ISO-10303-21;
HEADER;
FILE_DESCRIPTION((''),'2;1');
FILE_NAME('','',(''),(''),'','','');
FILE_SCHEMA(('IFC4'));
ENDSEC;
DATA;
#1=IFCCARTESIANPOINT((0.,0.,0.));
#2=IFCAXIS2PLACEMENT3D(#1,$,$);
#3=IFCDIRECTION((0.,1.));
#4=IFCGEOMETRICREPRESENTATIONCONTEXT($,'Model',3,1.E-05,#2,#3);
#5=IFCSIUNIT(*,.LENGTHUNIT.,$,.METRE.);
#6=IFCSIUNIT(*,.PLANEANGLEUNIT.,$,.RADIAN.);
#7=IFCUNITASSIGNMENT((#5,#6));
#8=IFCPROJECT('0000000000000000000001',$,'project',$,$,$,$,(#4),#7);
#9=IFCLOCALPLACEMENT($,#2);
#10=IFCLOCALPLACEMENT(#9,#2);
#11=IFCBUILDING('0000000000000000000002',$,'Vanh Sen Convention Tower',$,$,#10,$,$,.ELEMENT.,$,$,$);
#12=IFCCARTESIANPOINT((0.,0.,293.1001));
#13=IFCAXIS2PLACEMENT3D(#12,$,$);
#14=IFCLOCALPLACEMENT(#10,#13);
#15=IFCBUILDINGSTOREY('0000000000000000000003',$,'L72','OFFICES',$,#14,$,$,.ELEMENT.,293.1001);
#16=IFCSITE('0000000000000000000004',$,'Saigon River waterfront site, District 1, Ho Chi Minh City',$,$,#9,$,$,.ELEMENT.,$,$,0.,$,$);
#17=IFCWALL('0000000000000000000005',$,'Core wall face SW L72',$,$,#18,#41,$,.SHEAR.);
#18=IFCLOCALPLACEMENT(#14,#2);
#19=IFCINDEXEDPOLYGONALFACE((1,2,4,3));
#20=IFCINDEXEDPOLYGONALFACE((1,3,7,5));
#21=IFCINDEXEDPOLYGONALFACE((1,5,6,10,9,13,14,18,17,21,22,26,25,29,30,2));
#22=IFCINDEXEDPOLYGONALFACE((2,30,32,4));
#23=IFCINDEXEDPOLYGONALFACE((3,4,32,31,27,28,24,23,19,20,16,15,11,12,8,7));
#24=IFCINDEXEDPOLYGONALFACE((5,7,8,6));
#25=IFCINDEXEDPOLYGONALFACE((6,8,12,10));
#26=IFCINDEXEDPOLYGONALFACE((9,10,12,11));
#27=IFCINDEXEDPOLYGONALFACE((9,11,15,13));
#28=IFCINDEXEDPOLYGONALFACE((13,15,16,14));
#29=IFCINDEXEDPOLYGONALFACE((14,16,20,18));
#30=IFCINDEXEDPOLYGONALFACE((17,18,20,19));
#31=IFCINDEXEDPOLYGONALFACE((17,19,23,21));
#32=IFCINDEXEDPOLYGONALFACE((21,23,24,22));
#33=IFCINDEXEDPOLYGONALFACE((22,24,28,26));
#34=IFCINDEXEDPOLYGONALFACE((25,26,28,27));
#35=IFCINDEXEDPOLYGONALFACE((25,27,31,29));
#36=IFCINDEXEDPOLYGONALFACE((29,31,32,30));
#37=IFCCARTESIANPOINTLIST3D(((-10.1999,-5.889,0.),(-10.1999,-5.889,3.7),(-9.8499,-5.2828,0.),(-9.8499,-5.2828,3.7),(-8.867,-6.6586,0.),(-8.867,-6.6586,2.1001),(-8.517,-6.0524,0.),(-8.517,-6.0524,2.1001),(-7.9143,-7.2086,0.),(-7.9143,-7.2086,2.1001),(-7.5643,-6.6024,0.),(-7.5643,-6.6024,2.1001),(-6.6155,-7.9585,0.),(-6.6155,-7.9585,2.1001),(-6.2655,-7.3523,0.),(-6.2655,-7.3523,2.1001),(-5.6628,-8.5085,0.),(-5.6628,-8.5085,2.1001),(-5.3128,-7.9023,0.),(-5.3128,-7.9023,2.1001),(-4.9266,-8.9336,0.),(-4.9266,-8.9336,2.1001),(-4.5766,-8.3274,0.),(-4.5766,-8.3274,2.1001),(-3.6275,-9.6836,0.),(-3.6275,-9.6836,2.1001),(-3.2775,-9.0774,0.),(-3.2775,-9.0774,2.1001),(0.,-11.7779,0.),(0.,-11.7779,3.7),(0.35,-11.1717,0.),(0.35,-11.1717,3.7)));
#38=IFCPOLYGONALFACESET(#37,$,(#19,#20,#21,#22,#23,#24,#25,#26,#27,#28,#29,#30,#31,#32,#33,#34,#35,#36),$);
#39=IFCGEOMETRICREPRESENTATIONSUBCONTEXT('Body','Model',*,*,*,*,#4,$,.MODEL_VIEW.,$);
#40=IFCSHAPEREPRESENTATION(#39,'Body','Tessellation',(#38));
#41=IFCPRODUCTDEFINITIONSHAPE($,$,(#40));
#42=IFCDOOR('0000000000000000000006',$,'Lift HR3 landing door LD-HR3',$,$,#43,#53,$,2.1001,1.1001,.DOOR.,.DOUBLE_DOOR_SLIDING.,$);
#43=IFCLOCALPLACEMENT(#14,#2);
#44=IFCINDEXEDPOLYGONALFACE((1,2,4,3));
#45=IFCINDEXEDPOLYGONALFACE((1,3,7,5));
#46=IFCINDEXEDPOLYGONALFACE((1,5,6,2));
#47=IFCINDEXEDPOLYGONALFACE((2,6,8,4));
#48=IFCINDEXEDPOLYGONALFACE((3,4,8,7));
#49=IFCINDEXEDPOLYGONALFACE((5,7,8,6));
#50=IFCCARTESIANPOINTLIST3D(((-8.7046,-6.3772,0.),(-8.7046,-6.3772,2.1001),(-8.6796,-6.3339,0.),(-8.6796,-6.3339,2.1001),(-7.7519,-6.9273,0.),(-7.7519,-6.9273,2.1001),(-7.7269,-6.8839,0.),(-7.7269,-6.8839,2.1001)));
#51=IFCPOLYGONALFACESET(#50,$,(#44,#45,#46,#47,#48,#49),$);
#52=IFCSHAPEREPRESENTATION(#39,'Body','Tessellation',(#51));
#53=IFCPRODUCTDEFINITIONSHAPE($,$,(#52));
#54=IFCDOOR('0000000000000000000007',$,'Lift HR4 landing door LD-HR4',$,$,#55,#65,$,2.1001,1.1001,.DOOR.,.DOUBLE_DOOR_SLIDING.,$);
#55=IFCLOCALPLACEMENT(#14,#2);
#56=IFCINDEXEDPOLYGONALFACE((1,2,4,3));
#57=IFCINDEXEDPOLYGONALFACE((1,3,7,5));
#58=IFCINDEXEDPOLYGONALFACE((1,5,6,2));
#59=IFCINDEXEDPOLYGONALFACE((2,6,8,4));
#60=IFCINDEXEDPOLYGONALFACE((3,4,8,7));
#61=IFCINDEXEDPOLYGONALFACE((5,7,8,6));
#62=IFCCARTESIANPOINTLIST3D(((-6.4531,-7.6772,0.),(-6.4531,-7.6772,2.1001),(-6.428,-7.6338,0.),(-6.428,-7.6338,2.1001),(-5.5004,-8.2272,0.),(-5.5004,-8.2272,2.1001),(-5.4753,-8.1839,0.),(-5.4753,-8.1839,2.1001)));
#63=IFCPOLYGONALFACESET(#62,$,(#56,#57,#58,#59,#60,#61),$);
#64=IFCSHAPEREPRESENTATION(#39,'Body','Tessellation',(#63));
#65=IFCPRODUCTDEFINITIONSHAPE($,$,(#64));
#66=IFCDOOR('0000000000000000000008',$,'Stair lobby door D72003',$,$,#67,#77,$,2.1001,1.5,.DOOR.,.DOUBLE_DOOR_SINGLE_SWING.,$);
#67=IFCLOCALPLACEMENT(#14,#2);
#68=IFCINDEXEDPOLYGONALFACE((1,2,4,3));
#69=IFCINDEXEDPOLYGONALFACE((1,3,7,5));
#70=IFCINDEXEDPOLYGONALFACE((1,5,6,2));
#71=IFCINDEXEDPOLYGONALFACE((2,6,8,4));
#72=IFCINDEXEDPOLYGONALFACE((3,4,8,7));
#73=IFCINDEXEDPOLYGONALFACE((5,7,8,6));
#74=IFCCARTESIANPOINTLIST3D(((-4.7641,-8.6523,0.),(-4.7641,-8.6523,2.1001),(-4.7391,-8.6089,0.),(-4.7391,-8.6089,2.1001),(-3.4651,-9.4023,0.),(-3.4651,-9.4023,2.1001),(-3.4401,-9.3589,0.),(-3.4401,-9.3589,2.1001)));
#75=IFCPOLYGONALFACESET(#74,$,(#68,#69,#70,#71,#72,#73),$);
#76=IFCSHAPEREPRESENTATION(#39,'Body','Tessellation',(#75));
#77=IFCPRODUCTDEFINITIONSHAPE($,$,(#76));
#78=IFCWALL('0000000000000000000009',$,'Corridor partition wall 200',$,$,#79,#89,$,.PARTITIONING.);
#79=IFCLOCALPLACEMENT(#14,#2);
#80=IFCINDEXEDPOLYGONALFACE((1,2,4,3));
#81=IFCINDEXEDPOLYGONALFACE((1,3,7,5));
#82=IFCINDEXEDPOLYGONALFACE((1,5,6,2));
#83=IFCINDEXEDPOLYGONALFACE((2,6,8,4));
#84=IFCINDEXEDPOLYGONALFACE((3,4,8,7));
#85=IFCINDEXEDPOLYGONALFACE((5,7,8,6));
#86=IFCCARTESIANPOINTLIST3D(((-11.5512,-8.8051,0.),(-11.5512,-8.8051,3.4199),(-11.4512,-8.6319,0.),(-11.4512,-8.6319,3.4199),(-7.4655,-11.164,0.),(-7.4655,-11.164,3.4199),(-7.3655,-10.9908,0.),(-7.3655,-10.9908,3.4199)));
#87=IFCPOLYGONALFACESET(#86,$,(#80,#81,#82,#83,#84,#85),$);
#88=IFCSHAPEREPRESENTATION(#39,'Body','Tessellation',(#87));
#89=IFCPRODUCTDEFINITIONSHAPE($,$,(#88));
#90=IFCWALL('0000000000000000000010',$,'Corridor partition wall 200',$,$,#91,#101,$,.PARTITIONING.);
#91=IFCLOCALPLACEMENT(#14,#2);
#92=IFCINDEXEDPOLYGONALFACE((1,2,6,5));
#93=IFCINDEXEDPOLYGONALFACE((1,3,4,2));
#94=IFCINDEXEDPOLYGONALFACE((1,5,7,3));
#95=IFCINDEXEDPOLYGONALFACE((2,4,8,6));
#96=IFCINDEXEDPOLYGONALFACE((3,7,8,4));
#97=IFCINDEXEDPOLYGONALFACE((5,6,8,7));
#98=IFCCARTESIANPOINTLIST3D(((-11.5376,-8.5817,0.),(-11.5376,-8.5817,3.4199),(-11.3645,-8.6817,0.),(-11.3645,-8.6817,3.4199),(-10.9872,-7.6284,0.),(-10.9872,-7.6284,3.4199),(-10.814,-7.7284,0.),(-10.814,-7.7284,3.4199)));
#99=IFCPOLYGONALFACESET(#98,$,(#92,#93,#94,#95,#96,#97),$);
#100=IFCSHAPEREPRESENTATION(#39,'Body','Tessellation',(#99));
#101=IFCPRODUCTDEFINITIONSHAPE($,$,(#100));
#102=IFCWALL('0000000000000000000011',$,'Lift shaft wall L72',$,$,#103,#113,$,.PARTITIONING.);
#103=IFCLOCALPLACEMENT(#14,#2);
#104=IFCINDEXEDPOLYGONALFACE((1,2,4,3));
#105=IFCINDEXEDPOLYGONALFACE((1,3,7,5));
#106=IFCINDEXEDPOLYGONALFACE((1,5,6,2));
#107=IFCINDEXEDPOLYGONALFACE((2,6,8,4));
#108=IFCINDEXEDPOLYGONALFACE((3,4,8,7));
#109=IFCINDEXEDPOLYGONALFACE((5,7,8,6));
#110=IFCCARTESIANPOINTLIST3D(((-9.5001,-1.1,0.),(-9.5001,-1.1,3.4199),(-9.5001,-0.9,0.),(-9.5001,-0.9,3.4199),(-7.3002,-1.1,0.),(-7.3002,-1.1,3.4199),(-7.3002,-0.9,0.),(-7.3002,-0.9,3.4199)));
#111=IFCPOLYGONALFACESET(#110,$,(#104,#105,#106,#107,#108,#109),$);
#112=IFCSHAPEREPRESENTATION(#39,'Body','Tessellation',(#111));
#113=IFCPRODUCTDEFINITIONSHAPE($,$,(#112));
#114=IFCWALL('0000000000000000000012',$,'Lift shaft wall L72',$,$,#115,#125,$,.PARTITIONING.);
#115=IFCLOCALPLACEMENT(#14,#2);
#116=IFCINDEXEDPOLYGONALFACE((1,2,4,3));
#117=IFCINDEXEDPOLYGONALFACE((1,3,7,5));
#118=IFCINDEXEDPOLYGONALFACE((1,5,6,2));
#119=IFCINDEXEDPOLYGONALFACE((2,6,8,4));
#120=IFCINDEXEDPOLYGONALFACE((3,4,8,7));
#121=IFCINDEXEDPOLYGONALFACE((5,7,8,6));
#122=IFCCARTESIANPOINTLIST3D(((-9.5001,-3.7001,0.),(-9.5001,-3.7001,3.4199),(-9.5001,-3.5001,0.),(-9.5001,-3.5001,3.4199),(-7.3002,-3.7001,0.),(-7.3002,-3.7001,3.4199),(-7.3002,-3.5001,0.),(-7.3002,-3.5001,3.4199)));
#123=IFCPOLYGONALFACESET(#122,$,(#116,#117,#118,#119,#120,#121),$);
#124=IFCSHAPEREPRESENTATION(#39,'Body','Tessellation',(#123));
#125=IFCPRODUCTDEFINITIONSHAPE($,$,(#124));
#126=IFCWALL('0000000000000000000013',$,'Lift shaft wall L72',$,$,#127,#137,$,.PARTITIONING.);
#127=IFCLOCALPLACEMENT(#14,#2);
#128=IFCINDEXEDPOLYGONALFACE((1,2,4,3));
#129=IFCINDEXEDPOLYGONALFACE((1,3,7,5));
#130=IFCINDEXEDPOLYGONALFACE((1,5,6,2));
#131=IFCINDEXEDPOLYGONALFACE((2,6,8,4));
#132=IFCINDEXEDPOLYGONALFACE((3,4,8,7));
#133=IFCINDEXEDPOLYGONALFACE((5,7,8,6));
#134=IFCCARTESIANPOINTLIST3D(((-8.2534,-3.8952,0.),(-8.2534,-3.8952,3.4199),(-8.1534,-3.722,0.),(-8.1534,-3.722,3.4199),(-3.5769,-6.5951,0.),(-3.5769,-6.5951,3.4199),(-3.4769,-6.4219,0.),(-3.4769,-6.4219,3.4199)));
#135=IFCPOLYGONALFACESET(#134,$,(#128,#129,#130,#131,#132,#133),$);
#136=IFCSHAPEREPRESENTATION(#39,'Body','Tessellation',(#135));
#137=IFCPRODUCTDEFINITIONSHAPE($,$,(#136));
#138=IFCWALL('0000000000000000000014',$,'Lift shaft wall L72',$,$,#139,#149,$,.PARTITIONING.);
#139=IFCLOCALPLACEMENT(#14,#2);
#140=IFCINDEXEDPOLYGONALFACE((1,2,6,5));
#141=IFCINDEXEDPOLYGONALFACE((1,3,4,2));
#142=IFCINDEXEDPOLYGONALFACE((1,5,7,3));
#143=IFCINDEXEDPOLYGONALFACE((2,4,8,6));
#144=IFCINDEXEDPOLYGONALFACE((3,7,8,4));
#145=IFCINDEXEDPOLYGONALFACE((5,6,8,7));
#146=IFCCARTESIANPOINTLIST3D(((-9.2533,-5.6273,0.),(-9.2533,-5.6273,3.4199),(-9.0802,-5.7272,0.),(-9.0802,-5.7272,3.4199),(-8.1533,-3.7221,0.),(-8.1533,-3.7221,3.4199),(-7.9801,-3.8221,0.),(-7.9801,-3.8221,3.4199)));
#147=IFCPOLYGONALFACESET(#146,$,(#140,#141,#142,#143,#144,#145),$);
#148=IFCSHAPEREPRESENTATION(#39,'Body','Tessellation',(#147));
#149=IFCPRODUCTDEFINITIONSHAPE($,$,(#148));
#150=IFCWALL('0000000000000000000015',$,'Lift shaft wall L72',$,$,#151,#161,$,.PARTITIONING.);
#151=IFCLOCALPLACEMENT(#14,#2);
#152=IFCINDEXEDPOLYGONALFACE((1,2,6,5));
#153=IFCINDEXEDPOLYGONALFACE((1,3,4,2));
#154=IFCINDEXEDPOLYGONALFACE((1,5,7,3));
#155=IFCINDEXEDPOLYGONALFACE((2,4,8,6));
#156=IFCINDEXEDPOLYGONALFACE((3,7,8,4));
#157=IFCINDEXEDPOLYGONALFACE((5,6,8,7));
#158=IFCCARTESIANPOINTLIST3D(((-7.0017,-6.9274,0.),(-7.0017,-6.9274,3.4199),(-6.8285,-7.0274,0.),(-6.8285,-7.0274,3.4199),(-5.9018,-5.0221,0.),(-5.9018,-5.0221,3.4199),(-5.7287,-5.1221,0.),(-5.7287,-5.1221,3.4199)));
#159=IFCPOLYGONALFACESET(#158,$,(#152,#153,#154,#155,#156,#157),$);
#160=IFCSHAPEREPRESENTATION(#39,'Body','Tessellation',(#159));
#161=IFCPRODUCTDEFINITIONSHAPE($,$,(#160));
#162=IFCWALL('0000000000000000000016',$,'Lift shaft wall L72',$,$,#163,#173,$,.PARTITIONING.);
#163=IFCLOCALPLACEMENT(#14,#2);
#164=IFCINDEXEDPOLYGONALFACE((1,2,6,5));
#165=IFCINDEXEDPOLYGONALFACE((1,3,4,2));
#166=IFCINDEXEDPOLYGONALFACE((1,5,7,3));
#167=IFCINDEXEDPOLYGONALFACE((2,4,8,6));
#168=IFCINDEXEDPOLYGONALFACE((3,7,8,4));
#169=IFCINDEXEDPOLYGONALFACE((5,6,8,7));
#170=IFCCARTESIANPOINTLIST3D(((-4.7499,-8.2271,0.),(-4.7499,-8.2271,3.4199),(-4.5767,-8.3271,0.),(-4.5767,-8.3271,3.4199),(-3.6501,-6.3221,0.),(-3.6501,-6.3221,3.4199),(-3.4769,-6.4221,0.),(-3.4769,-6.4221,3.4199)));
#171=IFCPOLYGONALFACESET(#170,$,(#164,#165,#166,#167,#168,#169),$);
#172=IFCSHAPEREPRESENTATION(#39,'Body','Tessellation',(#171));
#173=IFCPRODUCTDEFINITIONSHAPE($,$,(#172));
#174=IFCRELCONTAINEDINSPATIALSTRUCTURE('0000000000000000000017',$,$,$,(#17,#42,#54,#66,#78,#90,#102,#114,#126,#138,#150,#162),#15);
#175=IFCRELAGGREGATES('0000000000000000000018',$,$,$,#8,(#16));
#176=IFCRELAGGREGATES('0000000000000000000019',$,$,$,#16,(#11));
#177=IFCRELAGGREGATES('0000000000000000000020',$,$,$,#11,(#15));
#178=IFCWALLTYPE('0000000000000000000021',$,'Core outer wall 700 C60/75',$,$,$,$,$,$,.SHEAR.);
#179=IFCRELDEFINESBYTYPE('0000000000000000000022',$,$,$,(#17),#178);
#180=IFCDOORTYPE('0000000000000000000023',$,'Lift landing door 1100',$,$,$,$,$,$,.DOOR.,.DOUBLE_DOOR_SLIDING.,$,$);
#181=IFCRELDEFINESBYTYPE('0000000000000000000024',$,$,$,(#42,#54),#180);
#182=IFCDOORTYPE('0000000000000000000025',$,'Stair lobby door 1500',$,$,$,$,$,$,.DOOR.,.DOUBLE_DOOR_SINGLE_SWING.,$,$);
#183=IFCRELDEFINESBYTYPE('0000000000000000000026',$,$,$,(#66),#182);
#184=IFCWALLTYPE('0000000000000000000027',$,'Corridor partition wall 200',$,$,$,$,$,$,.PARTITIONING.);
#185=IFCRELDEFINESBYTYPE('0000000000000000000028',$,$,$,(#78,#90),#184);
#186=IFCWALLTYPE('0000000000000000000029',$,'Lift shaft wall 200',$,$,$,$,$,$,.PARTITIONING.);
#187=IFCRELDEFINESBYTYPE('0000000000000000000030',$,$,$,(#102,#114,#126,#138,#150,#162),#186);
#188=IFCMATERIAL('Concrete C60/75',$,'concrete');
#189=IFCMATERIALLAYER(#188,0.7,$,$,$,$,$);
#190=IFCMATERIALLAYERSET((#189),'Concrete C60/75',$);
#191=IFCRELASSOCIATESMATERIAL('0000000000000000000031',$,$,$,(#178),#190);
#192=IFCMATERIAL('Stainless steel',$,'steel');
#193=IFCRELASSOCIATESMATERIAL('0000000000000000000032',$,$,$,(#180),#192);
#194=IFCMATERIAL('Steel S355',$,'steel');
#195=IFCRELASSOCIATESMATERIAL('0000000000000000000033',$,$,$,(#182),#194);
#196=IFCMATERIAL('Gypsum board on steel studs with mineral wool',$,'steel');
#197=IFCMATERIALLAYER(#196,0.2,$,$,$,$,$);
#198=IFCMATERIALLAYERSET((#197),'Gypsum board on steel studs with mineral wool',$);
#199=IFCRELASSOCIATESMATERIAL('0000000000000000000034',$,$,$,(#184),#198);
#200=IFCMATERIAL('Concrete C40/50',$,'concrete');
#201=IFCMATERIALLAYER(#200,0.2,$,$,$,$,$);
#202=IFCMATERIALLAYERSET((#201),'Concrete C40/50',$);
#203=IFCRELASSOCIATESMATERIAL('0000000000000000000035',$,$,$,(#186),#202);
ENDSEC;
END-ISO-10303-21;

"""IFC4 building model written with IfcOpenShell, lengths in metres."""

from ifc_helpers import new_model, si_unit, direction, frame, frame_2d, origin, place, context, subcontext, project, spatial, rectangle, extrude, material, layer, layer_set, type_object, element, fill, save


model = new_model("IFC4")

# Units and contexts
model_context = context("Model", 3, precision=1e-05, world=origin(), true_north=direction((0.0, 1.0)))
body_context = subcontext(model_context, "Body", "Model", "MODEL_VIEW")
ifc_project = project(units=[si_unit("LENGTHUNIT", "METRE"), si_unit("PLANEANGLEUNIT", "RADIAN")], contexts=[model_context])

# Site, building, storey
site_placement = place(None, origin())
site = spatial("IfcSite", under=ifc_project, at=site_placement, Name="Saigon River waterfront site, District 1, Ho Chi Minh City", CompositionType="ELEMENT", RefElevation=0.0)
building_placement = place(site_placement, origin())
building = spatial("IfcBuilding", under=site, at=building_placement, Name="Vanh Sen Convention Tower", CompositionType="ELEMENT")
storey_placement = place(building_placement, frame((0.0, 0.0, 293.1001)))
storey = spatial("IfcBuildingStorey", under=building, at=storey_placement, Name="L72", Description="OFFICES", CompositionType="ELEMENT", Elevation=293.1001)

# Shared definitions
ifc_material_1 = material(Name="Concrete C40/50", Category="concrete")

# Wall, openings, doors
ifc_material_2 = material(Name="Concrete C60/75", Category="concrete")
ifc_layer_1 = layer(ifc_material_2, 0.7)
ifc_layer_set_1 = layer_set([ifc_layer_1], Name="Concrete C60/75")
wall_type_1 = type_object("IfcWallType", Name="Core outer wall 700 C60/75", PredefinedType="SHEAR", material=ifc_layer_set_1)
wall_1_placement = place(storey_placement, frame((-10.0249, -5.5859, 0.0), z_axis=(0.0, 0.0, 1.0), x_axis=(0.866026, -0.499998, 0.0)))
wall_1 = element("IfcWall", 1, at=wall_1_placement, inside=storey, type_object=wall_type_1, Name="Core wall face SW L72", PredefinedType="SHEAR", context=body_context, shape_type="SweptSolid", body=[
    extrude(rectangle(XDim=11.7778, YDim=0.7, at=frame_2d((5.8889, 0.0))), origin(), (0.0, 0.0, 1.0), 3.7),
])
opening_1_placement = place(wall_1_placement, frame((6.0891, 0.0, 0.0)))
opening_1 = element("IfcOpeningElement", 2, at=opening_1_placement, cuts=wall_1, PredefinedType="OPENING", context=body_context, shape_type="SweptSolid", body=[
    extrude(rectangle(XDim=1.5, YDim=2.1001, at=frame_2d((0.75, 1.05))), frame((0.0, 0.3599, 0.0), z_axis=(0.0, -1.0, 0.0), x_axis=(1.0, 0.0, 0.0)), (0.0, 0.0, 1.0), 0.72),
])
opening_2_placement = place(wall_1_placement, frame((1.5391, 0.0, 0.0)))
opening_2 = element("IfcOpeningElement", 3, at=opening_2_placement, cuts=wall_1, PredefinedType="OPENING", context=body_context, shape_type="SweptSolid", body=[
    extrude(rectangle(XDim=1.1001, YDim=2.1001, at=frame_2d((0.55, 1.05))), frame((0.0, 0.3599, 0.0), z_axis=(0.0, -1.0, 0.0), x_axis=(1.0, 0.0, 0.0)), (0.0, 0.0, 1.0), 0.72),
])
opening_3_placement = place(wall_1_placement, frame((4.1389, 0.0, 0.0)))
opening_3 = element("IfcOpeningElement", 4, at=opening_3_placement, cuts=wall_1, PredefinedType="OPENING", context=body_context, shape_type="SweptSolid", body=[
    extrude(rectangle(XDim=1.1001, YDim=2.1001, at=frame_2d((0.55, 1.05))), frame((0.0, 0.3599, 0.0), z_axis=(0.0, -1.0, 0.0), x_axis=(1.0, 0.0, 0.0)), (0.0, 0.0, 1.0), 0.72),
])
ifc_material_3 = material(Name="Stainless steel", Category="steel")
door_type_1 = type_object("IfcDoorType", Name="Lift landing door 1100", OperationType="DOUBLE_DOOR_SLIDING", PredefinedType="DOOR", material=ifc_material_3)
door_1_placement = place(opening_2_placement, origin())
door_1 = element("IfcDoor", 5, at=door_1_placement, inside=storey, type_object=door_type_1, Name="Lift HR3 landing door LD-HR3", OperationType="DOUBLE_DOOR_SLIDING", OverallHeight=2.1001, OverallWidth=1.1001, PredefinedType="DOOR", context=body_context, shape_type="SweptSolid", body=[
    extrude(rectangle(XDim=1.1001, YDim=2.1001, at=frame_2d((0.55, 1.05))), frame((0.0, 0.0249, 0.0), z_axis=(0.0, -1.0, 0.0), x_axis=(1.0, 0.0, 0.0)), (0.0, 0.0, 1.0), 0.05),
])
fill(opening_2, door_1)
door_2_placement = place(opening_3_placement, origin())
door_2 = element("IfcDoor", 6, at=door_2_placement, inside=storey, type_object=door_type_1, Name="Lift HR4 landing door LD-HR4", OperationType="DOUBLE_DOOR_SLIDING", OverallHeight=2.1001, OverallWidth=1.1001, PredefinedType="DOOR", context=body_context, shape_type="SweptSolid", body=[
    extrude(rectangle(XDim=1.1001, YDim=2.1001, at=frame_2d((0.55, 1.05))), frame((0.0, 0.0249, 0.0), z_axis=(0.0, -1.0, 0.0), x_axis=(1.0, 0.0, 0.0)), (0.0, 0.0, 1.0), 0.05),
])
fill(opening_3, door_2)
ifc_material_4 = material(Name="Steel S355", Category="steel")
door_type_2 = type_object("IfcDoorType", Name="Stair lobby door 1500", OperationType="DOUBLE_DOOR_SINGLE_SWING", PredefinedType="DOOR", material=ifc_material_4)
door_3_placement = place(opening_1_placement, origin())
door_3 = element("IfcDoor", 7, at=door_3_placement, inside=storey, type_object=door_type_2, Name="Stair lobby door D72003", OperationType="DOUBLE_DOOR_SINGLE_SWING", OverallHeight=2.1001, OverallWidth=1.5, PredefinedType="DOOR", context=body_context, shape_type="SweptSolid", body=[
    extrude(rectangle(XDim=1.5, YDim=2.1001, at=frame_2d((0.75, 1.05))), frame((0.0, 0.0249, 0.0), z_axis=(0.0, -1.0, 0.0), x_axis=(1.0, 0.0, 0.0)), (0.0, 0.0, 1.0), 0.05),
])
fill(opening_1, door_3)

# Walls
ifc_material_5 = material(Name="Gypsum board on steel studs with mineral wool", Category="steel")
ifc_layer_2 = layer(ifc_material_5, 0.2)
ifc_layer_set_2 = layer_set([ifc_layer_2], Name="Gypsum board on steel studs with mineral wool")
wall_type_2 = type_object("IfcWallType", Name="Corridor partition wall 200", PredefinedType="PARTITIONING", material=ifc_layer_set_2)
wall_2_placement = place(storey_placement, frame((-11.5012, -8.7185, 0.0), z_axis=(0.0, 0.0, 1.0), x_axis=(0.866024, -0.500002, 0.0)))
element("IfcWall", 8, at=wall_2_placement, inside=storey, type_object=wall_type_2, Name="Corridor partition wall 200", PredefinedType="PARTITIONING", context=body_context, shape_type="SweptSolid", body=[
    extrude(rectangle(XDim=4.7178, YDim=0.2, at=frame_2d((2.3589, 0.0))), origin(), (0.0, 0.0, 1.0), 3.4199),
])
wall_3_placement = place(storey_placement, frame((-10.9006, -7.6785, 0.0), z_axis=(0.0, 0.0, 1.0), x_axis=(-0.500074, -0.865982, 0.0)))
element("IfcWall", 9, at=wall_3_placement, inside=storey, type_object=wall_type_2, Name="Corridor partition wall 200", PredefinedType="PARTITIONING", context=body_context, shape_type="SweptSolid", body=[
    extrude(rectangle(XDim=1.1008, YDim=0.2, at=frame_2d((0.5503, 0.0))), origin(), (0.0, 0.0, 1.0), 3.4199),
])
ifc_layer_3 = layer(ifc_material_1, 0.2)
ifc_layer_set_3 = layer_set([ifc_layer_3], Name="Concrete C40/50")
wall_type_3 = type_object("IfcWallType", Name="Lift shaft wall 200", PredefinedType="PARTITIONING", material=ifc_layer_set_3)
for number, where, z_axis, x_axis, name in (
    (10, (-7.3, -1.0, 0.0), (0.0, 0.0, 1.0), (-1.0, 0.0, 0.0), "Lift shaft wall L72"),
    (11, (-7.3, -3.6001, 0.0), (0.0, 0.0, 1.0), (-1.0, 0.0, 0.0), "Lift shaft wall L72"),
):
    element("IfcWall", number, at=place(storey_placement, frame(where, z_axis=z_axis, x_axis=x_axis)), inside=storey, type_object=wall_type_3, Name=name, PredefinedType="PARTITIONING", context=body_context, shape_type="SweptSolid", body=[
        extrude(rectangle(XDim=2.2, YDim=0.2, at=frame_2d((1.1001, 0.0))), origin(), (0.0, 0.0, 1.0), 3.4199),
    ])
wall_4_placement = place(storey_placement, frame((-8.2034, -3.8086, 0.0), z_axis=(0.0, 0.0, 1.0), x_axis=(0.866028, -0.499995, 0.0)))
element("IfcWall", 12, at=wall_4_placement, inside=storey, type_object=wall_type_3, Name="Lift shaft wall L72", PredefinedType="PARTITIONING", context=body_context, shape_type="SweptSolid", body=[
    extrude(rectangle(XDim=5.3999, YDim=0.2, at=frame_2d((2.7, 0.0))), origin(), (0.0, 0.0, 1.0), 3.4199),
])
for number, where, z_axis, x_axis, name in (
    (13, (-8.0667, -3.772, 0.0), (0.0, 0.0, 1.0), (-0.50003, -0.866008, 0.0), "Lift shaft wall L72"),
    (14, (-5.8152, -5.072, 0.0), (0.0, 0.0, 1.0), (-0.499947, -0.866056, 0.0), "Lift shaft wall L72"),
):
    element("IfcWall", number, at=place(storey_placement, frame(where, z_axis=z_axis, x_axis=x_axis)), inside=storey, type_object=wall_type_3, Name=name, PredefinedType="PARTITIONING", context=body_context, shape_type="SweptSolid", body=[
        extrude(rectangle(XDim=2.2, YDim=0.2, at=frame_2d((1.1001, 0.0))), origin(), (0.0, 0.0, 1.0), 3.4199),
    ])
wall_5_placement = place(storey_placement, frame((-3.5635, -6.3721, 0.0), z_axis=(0.0, 0.0, 1.0), x_axis=(-0.499995, -0.866028, 0.0)))
element("IfcWall", 15, at=wall_5_placement, inside=storey, type_object=wall_type_3, Name="Lift shaft wall L72", PredefinedType="PARTITIONING", context=body_context, shape_type="SweptSolid", body=[
    extrude(rectangle(XDim=2.1997, YDim=0.2, at=frame_2d((1.0999, 0.0))), origin(), (0.0, 0.0, 1.0), 3.4199),
])

save(model, "model.ifc")
